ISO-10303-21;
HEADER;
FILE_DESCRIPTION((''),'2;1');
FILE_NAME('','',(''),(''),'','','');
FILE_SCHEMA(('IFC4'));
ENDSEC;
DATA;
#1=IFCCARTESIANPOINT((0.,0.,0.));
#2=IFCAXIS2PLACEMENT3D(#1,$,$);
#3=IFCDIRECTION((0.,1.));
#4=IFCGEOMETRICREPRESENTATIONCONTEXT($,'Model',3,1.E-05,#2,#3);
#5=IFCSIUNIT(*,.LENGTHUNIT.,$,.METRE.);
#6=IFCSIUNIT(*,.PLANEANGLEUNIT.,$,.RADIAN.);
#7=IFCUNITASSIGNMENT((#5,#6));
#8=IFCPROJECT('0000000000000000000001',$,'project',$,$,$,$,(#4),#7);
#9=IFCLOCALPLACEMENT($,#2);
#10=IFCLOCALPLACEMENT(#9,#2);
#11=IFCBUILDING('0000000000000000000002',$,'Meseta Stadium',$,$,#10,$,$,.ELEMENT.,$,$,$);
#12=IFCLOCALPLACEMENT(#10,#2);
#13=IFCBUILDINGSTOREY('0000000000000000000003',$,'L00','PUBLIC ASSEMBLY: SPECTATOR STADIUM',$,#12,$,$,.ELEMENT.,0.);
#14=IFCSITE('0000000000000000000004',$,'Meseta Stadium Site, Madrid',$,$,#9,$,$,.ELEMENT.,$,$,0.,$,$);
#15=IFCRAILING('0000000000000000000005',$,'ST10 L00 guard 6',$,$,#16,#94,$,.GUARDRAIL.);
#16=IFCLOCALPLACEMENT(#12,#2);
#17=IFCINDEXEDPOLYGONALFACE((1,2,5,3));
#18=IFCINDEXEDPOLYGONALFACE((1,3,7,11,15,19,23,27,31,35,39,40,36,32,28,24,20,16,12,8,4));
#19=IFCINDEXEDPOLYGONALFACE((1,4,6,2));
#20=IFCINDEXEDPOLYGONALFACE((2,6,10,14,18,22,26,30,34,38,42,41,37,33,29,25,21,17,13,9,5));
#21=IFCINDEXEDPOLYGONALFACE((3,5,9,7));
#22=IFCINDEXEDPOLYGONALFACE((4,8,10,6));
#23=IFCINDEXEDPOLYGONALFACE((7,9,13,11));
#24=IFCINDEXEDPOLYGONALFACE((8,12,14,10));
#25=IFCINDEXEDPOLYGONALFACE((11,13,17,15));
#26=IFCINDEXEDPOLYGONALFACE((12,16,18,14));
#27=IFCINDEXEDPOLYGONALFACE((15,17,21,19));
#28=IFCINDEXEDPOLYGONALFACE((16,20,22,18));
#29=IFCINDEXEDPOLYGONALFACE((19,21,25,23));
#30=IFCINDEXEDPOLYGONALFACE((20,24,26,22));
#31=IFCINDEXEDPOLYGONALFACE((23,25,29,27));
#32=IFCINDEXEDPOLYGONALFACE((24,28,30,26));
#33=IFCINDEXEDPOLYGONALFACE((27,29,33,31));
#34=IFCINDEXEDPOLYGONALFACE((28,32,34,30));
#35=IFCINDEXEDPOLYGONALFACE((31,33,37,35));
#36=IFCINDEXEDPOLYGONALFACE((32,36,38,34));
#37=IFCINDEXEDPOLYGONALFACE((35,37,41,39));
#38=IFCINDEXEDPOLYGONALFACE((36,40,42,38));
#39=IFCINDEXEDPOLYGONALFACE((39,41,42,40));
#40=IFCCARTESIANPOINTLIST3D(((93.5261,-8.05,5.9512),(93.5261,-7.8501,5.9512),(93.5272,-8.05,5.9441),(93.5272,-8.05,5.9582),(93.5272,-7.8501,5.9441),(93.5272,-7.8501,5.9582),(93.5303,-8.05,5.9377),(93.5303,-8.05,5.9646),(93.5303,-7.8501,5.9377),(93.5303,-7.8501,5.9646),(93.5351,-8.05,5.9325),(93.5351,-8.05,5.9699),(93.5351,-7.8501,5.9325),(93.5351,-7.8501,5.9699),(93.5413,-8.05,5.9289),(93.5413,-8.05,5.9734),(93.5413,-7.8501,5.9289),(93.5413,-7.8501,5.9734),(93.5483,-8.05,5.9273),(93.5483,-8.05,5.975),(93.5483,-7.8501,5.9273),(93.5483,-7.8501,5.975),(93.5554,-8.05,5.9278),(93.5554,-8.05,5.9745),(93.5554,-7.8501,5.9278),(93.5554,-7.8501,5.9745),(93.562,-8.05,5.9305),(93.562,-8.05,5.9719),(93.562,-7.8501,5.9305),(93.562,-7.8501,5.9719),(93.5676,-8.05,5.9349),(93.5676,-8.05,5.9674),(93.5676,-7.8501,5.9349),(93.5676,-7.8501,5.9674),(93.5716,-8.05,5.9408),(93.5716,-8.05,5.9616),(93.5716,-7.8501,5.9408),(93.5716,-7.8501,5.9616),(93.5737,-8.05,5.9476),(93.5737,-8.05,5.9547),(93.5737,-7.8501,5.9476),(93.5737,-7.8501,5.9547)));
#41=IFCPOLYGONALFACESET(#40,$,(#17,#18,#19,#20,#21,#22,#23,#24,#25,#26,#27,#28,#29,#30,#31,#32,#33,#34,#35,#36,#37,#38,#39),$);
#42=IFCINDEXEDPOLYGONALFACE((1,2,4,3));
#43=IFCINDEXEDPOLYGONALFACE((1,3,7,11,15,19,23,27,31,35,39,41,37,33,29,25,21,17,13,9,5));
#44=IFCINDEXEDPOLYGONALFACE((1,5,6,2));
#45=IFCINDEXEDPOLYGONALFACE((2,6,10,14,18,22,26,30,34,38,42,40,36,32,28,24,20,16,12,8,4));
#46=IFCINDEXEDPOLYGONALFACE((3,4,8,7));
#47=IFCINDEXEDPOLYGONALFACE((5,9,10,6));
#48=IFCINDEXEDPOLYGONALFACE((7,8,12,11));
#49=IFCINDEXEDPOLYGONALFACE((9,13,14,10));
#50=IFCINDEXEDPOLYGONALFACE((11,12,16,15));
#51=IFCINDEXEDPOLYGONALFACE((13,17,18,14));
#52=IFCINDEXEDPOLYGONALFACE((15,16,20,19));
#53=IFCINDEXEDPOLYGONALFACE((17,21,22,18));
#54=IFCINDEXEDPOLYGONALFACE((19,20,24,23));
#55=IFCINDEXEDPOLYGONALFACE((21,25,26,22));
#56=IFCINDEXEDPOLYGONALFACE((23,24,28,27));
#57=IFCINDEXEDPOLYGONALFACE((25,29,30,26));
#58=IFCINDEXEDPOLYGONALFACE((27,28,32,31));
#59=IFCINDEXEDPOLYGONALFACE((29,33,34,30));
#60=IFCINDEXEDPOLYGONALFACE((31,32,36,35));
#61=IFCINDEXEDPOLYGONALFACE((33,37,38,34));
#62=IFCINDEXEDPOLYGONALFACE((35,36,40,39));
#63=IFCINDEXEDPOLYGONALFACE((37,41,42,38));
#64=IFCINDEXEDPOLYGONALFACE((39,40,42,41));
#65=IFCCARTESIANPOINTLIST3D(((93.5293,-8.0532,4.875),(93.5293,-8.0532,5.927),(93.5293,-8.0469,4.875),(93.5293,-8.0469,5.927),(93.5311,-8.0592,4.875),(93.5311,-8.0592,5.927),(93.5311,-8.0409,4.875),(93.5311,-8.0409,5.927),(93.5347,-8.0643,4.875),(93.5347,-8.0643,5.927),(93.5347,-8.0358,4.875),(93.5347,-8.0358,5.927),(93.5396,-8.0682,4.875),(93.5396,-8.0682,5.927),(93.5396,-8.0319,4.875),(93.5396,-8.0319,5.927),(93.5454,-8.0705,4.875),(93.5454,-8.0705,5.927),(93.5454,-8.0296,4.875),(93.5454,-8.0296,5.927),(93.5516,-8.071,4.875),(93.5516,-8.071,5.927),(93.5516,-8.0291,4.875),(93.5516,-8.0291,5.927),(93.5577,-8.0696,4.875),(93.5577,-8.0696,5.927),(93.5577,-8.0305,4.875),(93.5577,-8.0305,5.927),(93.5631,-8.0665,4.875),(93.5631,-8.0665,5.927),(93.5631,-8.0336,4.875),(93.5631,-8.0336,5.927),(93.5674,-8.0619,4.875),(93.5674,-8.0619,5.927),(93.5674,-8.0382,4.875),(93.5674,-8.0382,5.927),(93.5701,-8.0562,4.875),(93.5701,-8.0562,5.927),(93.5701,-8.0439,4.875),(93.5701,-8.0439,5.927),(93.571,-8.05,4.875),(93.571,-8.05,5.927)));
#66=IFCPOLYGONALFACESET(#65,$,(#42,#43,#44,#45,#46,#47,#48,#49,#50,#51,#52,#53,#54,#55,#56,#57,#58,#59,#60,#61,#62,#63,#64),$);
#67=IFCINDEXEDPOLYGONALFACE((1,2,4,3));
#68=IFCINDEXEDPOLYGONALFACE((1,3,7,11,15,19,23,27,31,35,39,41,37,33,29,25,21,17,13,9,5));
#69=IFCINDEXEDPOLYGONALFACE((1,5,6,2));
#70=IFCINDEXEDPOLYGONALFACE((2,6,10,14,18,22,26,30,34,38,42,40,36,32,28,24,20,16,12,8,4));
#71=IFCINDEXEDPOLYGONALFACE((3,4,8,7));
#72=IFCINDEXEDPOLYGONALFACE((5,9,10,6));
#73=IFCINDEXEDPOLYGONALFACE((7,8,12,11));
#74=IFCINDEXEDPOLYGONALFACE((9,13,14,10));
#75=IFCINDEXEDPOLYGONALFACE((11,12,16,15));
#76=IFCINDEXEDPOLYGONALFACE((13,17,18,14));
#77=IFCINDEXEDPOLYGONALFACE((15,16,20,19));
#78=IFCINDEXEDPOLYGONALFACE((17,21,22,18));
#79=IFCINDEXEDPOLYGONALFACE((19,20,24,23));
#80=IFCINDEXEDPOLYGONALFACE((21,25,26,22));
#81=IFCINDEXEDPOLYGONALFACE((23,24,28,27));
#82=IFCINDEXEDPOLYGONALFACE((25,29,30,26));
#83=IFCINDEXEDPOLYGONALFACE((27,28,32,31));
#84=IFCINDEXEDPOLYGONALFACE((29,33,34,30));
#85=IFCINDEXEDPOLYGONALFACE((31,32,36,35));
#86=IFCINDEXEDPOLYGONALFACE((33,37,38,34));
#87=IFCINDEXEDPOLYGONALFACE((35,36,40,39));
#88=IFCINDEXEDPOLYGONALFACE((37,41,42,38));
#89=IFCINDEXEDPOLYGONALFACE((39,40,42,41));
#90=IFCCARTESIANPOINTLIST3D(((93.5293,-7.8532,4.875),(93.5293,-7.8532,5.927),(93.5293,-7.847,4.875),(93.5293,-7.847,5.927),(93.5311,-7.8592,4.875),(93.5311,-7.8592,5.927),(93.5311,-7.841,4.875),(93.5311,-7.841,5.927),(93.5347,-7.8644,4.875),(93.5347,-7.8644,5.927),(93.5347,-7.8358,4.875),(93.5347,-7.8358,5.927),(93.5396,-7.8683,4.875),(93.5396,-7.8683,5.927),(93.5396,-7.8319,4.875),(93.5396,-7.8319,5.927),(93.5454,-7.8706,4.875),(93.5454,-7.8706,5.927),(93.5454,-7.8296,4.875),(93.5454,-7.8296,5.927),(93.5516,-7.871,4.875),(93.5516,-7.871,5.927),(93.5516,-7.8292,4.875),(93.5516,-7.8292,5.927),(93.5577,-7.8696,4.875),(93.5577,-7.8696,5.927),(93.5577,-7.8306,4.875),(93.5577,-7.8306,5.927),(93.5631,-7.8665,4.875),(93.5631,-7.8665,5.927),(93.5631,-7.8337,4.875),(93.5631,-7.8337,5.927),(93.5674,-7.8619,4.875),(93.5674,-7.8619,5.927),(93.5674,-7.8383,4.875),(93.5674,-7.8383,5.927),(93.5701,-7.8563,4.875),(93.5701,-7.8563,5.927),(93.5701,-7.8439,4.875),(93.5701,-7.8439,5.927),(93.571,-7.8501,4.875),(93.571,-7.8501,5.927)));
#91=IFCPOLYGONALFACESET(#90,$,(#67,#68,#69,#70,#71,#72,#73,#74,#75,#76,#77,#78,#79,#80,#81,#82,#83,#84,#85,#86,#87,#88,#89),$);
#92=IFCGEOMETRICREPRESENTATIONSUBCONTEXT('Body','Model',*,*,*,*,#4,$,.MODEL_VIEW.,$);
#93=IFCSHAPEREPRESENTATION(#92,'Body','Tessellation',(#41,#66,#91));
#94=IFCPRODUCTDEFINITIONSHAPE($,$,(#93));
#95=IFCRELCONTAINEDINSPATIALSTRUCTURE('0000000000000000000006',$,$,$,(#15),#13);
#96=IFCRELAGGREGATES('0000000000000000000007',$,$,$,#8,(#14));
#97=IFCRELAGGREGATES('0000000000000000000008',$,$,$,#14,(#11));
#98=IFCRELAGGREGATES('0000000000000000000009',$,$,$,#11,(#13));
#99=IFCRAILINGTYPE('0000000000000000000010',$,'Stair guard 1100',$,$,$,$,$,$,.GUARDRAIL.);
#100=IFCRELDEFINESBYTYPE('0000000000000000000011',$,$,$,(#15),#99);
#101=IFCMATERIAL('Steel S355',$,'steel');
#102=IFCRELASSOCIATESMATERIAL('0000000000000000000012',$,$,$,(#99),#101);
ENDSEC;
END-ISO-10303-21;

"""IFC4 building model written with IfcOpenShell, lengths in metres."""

from ifc_helpers import new_model, si_unit, direction, frame, origin, origin_2d, place, context, subcontext, project, spatial, circle, extrude, material, type_object, element, save


model = new_model("IFC4")

# Units and contexts
model_context = context("Model", 3, precision=1e-05, world=origin(), true_north=direction((0.0, 1.0)))
body_context = subcontext(model_context, "Body", "Model", "MODEL_VIEW")
ifc_project = project(units=[si_unit("LENGTHUNIT", "METRE"), si_unit("PLANEANGLEUNIT", "RADIAN")], contexts=[model_context])

# Site, building, storey
site_placement = place(None, origin())
site = spatial("IfcSite", under=ifc_project, at=site_placement, Name="Meseta Stadium Site, Madrid", CompositionType="ELEMENT", RefElevation=0.0)
building_placement = place(site_placement, origin())
building = spatial("IfcBuilding", under=site, at=building_placement, Name="Meseta Stadium", CompositionType="ELEMENT")
storey_placement = place(building_placement, origin())
storey = spatial("IfcBuildingStorey", under=building, at=storey_placement, Name="L00", Description="PUBLIC ASSEMBLY: SPECTATOR STADIUM", CompositionType="ELEMENT", Elevation=0.0)

# Railing
ifc_material_1 = material(Name="Steel S355", Category="steel")
railing_type_1 = type_object("IfcRailingType", Name="Stair guard 1100", PredefinedType="GUARDRAIL", material=ifc_material_1)
railing_1_placement = place(storey_placement, frame((93.55, -8.05, 4.875)))
element("IfcRailing", 1, at=railing_1_placement, inside=storey, type_object=railing_type_1, Name="ST10 L00 guard 6", PredefinedType="GUARDRAIL", context=body_context, shape_type="SweptSolid", body=[
    extrude(circle(Radius=0.0239, at=origin_2d()), frame((0.0, 0.0, 1.0762), z_axis=(0.0, 1.0, 0.0), x_axis=(-1.0, 0.0, 0.0)), (0.0, 0.0, 1.0), 0.2),
    extrude(circle(Radius=0.021, at=origin_2d()), origin(), (0.0, 0.0, 1.0), 1.052),
    extrude(circle(Radius=0.021, at=origin_2d()), frame((0.0, 0.2, 0.0)), (0.0, 0.0, 1.0), 1.052),
])

save(model, "model.ifc")
